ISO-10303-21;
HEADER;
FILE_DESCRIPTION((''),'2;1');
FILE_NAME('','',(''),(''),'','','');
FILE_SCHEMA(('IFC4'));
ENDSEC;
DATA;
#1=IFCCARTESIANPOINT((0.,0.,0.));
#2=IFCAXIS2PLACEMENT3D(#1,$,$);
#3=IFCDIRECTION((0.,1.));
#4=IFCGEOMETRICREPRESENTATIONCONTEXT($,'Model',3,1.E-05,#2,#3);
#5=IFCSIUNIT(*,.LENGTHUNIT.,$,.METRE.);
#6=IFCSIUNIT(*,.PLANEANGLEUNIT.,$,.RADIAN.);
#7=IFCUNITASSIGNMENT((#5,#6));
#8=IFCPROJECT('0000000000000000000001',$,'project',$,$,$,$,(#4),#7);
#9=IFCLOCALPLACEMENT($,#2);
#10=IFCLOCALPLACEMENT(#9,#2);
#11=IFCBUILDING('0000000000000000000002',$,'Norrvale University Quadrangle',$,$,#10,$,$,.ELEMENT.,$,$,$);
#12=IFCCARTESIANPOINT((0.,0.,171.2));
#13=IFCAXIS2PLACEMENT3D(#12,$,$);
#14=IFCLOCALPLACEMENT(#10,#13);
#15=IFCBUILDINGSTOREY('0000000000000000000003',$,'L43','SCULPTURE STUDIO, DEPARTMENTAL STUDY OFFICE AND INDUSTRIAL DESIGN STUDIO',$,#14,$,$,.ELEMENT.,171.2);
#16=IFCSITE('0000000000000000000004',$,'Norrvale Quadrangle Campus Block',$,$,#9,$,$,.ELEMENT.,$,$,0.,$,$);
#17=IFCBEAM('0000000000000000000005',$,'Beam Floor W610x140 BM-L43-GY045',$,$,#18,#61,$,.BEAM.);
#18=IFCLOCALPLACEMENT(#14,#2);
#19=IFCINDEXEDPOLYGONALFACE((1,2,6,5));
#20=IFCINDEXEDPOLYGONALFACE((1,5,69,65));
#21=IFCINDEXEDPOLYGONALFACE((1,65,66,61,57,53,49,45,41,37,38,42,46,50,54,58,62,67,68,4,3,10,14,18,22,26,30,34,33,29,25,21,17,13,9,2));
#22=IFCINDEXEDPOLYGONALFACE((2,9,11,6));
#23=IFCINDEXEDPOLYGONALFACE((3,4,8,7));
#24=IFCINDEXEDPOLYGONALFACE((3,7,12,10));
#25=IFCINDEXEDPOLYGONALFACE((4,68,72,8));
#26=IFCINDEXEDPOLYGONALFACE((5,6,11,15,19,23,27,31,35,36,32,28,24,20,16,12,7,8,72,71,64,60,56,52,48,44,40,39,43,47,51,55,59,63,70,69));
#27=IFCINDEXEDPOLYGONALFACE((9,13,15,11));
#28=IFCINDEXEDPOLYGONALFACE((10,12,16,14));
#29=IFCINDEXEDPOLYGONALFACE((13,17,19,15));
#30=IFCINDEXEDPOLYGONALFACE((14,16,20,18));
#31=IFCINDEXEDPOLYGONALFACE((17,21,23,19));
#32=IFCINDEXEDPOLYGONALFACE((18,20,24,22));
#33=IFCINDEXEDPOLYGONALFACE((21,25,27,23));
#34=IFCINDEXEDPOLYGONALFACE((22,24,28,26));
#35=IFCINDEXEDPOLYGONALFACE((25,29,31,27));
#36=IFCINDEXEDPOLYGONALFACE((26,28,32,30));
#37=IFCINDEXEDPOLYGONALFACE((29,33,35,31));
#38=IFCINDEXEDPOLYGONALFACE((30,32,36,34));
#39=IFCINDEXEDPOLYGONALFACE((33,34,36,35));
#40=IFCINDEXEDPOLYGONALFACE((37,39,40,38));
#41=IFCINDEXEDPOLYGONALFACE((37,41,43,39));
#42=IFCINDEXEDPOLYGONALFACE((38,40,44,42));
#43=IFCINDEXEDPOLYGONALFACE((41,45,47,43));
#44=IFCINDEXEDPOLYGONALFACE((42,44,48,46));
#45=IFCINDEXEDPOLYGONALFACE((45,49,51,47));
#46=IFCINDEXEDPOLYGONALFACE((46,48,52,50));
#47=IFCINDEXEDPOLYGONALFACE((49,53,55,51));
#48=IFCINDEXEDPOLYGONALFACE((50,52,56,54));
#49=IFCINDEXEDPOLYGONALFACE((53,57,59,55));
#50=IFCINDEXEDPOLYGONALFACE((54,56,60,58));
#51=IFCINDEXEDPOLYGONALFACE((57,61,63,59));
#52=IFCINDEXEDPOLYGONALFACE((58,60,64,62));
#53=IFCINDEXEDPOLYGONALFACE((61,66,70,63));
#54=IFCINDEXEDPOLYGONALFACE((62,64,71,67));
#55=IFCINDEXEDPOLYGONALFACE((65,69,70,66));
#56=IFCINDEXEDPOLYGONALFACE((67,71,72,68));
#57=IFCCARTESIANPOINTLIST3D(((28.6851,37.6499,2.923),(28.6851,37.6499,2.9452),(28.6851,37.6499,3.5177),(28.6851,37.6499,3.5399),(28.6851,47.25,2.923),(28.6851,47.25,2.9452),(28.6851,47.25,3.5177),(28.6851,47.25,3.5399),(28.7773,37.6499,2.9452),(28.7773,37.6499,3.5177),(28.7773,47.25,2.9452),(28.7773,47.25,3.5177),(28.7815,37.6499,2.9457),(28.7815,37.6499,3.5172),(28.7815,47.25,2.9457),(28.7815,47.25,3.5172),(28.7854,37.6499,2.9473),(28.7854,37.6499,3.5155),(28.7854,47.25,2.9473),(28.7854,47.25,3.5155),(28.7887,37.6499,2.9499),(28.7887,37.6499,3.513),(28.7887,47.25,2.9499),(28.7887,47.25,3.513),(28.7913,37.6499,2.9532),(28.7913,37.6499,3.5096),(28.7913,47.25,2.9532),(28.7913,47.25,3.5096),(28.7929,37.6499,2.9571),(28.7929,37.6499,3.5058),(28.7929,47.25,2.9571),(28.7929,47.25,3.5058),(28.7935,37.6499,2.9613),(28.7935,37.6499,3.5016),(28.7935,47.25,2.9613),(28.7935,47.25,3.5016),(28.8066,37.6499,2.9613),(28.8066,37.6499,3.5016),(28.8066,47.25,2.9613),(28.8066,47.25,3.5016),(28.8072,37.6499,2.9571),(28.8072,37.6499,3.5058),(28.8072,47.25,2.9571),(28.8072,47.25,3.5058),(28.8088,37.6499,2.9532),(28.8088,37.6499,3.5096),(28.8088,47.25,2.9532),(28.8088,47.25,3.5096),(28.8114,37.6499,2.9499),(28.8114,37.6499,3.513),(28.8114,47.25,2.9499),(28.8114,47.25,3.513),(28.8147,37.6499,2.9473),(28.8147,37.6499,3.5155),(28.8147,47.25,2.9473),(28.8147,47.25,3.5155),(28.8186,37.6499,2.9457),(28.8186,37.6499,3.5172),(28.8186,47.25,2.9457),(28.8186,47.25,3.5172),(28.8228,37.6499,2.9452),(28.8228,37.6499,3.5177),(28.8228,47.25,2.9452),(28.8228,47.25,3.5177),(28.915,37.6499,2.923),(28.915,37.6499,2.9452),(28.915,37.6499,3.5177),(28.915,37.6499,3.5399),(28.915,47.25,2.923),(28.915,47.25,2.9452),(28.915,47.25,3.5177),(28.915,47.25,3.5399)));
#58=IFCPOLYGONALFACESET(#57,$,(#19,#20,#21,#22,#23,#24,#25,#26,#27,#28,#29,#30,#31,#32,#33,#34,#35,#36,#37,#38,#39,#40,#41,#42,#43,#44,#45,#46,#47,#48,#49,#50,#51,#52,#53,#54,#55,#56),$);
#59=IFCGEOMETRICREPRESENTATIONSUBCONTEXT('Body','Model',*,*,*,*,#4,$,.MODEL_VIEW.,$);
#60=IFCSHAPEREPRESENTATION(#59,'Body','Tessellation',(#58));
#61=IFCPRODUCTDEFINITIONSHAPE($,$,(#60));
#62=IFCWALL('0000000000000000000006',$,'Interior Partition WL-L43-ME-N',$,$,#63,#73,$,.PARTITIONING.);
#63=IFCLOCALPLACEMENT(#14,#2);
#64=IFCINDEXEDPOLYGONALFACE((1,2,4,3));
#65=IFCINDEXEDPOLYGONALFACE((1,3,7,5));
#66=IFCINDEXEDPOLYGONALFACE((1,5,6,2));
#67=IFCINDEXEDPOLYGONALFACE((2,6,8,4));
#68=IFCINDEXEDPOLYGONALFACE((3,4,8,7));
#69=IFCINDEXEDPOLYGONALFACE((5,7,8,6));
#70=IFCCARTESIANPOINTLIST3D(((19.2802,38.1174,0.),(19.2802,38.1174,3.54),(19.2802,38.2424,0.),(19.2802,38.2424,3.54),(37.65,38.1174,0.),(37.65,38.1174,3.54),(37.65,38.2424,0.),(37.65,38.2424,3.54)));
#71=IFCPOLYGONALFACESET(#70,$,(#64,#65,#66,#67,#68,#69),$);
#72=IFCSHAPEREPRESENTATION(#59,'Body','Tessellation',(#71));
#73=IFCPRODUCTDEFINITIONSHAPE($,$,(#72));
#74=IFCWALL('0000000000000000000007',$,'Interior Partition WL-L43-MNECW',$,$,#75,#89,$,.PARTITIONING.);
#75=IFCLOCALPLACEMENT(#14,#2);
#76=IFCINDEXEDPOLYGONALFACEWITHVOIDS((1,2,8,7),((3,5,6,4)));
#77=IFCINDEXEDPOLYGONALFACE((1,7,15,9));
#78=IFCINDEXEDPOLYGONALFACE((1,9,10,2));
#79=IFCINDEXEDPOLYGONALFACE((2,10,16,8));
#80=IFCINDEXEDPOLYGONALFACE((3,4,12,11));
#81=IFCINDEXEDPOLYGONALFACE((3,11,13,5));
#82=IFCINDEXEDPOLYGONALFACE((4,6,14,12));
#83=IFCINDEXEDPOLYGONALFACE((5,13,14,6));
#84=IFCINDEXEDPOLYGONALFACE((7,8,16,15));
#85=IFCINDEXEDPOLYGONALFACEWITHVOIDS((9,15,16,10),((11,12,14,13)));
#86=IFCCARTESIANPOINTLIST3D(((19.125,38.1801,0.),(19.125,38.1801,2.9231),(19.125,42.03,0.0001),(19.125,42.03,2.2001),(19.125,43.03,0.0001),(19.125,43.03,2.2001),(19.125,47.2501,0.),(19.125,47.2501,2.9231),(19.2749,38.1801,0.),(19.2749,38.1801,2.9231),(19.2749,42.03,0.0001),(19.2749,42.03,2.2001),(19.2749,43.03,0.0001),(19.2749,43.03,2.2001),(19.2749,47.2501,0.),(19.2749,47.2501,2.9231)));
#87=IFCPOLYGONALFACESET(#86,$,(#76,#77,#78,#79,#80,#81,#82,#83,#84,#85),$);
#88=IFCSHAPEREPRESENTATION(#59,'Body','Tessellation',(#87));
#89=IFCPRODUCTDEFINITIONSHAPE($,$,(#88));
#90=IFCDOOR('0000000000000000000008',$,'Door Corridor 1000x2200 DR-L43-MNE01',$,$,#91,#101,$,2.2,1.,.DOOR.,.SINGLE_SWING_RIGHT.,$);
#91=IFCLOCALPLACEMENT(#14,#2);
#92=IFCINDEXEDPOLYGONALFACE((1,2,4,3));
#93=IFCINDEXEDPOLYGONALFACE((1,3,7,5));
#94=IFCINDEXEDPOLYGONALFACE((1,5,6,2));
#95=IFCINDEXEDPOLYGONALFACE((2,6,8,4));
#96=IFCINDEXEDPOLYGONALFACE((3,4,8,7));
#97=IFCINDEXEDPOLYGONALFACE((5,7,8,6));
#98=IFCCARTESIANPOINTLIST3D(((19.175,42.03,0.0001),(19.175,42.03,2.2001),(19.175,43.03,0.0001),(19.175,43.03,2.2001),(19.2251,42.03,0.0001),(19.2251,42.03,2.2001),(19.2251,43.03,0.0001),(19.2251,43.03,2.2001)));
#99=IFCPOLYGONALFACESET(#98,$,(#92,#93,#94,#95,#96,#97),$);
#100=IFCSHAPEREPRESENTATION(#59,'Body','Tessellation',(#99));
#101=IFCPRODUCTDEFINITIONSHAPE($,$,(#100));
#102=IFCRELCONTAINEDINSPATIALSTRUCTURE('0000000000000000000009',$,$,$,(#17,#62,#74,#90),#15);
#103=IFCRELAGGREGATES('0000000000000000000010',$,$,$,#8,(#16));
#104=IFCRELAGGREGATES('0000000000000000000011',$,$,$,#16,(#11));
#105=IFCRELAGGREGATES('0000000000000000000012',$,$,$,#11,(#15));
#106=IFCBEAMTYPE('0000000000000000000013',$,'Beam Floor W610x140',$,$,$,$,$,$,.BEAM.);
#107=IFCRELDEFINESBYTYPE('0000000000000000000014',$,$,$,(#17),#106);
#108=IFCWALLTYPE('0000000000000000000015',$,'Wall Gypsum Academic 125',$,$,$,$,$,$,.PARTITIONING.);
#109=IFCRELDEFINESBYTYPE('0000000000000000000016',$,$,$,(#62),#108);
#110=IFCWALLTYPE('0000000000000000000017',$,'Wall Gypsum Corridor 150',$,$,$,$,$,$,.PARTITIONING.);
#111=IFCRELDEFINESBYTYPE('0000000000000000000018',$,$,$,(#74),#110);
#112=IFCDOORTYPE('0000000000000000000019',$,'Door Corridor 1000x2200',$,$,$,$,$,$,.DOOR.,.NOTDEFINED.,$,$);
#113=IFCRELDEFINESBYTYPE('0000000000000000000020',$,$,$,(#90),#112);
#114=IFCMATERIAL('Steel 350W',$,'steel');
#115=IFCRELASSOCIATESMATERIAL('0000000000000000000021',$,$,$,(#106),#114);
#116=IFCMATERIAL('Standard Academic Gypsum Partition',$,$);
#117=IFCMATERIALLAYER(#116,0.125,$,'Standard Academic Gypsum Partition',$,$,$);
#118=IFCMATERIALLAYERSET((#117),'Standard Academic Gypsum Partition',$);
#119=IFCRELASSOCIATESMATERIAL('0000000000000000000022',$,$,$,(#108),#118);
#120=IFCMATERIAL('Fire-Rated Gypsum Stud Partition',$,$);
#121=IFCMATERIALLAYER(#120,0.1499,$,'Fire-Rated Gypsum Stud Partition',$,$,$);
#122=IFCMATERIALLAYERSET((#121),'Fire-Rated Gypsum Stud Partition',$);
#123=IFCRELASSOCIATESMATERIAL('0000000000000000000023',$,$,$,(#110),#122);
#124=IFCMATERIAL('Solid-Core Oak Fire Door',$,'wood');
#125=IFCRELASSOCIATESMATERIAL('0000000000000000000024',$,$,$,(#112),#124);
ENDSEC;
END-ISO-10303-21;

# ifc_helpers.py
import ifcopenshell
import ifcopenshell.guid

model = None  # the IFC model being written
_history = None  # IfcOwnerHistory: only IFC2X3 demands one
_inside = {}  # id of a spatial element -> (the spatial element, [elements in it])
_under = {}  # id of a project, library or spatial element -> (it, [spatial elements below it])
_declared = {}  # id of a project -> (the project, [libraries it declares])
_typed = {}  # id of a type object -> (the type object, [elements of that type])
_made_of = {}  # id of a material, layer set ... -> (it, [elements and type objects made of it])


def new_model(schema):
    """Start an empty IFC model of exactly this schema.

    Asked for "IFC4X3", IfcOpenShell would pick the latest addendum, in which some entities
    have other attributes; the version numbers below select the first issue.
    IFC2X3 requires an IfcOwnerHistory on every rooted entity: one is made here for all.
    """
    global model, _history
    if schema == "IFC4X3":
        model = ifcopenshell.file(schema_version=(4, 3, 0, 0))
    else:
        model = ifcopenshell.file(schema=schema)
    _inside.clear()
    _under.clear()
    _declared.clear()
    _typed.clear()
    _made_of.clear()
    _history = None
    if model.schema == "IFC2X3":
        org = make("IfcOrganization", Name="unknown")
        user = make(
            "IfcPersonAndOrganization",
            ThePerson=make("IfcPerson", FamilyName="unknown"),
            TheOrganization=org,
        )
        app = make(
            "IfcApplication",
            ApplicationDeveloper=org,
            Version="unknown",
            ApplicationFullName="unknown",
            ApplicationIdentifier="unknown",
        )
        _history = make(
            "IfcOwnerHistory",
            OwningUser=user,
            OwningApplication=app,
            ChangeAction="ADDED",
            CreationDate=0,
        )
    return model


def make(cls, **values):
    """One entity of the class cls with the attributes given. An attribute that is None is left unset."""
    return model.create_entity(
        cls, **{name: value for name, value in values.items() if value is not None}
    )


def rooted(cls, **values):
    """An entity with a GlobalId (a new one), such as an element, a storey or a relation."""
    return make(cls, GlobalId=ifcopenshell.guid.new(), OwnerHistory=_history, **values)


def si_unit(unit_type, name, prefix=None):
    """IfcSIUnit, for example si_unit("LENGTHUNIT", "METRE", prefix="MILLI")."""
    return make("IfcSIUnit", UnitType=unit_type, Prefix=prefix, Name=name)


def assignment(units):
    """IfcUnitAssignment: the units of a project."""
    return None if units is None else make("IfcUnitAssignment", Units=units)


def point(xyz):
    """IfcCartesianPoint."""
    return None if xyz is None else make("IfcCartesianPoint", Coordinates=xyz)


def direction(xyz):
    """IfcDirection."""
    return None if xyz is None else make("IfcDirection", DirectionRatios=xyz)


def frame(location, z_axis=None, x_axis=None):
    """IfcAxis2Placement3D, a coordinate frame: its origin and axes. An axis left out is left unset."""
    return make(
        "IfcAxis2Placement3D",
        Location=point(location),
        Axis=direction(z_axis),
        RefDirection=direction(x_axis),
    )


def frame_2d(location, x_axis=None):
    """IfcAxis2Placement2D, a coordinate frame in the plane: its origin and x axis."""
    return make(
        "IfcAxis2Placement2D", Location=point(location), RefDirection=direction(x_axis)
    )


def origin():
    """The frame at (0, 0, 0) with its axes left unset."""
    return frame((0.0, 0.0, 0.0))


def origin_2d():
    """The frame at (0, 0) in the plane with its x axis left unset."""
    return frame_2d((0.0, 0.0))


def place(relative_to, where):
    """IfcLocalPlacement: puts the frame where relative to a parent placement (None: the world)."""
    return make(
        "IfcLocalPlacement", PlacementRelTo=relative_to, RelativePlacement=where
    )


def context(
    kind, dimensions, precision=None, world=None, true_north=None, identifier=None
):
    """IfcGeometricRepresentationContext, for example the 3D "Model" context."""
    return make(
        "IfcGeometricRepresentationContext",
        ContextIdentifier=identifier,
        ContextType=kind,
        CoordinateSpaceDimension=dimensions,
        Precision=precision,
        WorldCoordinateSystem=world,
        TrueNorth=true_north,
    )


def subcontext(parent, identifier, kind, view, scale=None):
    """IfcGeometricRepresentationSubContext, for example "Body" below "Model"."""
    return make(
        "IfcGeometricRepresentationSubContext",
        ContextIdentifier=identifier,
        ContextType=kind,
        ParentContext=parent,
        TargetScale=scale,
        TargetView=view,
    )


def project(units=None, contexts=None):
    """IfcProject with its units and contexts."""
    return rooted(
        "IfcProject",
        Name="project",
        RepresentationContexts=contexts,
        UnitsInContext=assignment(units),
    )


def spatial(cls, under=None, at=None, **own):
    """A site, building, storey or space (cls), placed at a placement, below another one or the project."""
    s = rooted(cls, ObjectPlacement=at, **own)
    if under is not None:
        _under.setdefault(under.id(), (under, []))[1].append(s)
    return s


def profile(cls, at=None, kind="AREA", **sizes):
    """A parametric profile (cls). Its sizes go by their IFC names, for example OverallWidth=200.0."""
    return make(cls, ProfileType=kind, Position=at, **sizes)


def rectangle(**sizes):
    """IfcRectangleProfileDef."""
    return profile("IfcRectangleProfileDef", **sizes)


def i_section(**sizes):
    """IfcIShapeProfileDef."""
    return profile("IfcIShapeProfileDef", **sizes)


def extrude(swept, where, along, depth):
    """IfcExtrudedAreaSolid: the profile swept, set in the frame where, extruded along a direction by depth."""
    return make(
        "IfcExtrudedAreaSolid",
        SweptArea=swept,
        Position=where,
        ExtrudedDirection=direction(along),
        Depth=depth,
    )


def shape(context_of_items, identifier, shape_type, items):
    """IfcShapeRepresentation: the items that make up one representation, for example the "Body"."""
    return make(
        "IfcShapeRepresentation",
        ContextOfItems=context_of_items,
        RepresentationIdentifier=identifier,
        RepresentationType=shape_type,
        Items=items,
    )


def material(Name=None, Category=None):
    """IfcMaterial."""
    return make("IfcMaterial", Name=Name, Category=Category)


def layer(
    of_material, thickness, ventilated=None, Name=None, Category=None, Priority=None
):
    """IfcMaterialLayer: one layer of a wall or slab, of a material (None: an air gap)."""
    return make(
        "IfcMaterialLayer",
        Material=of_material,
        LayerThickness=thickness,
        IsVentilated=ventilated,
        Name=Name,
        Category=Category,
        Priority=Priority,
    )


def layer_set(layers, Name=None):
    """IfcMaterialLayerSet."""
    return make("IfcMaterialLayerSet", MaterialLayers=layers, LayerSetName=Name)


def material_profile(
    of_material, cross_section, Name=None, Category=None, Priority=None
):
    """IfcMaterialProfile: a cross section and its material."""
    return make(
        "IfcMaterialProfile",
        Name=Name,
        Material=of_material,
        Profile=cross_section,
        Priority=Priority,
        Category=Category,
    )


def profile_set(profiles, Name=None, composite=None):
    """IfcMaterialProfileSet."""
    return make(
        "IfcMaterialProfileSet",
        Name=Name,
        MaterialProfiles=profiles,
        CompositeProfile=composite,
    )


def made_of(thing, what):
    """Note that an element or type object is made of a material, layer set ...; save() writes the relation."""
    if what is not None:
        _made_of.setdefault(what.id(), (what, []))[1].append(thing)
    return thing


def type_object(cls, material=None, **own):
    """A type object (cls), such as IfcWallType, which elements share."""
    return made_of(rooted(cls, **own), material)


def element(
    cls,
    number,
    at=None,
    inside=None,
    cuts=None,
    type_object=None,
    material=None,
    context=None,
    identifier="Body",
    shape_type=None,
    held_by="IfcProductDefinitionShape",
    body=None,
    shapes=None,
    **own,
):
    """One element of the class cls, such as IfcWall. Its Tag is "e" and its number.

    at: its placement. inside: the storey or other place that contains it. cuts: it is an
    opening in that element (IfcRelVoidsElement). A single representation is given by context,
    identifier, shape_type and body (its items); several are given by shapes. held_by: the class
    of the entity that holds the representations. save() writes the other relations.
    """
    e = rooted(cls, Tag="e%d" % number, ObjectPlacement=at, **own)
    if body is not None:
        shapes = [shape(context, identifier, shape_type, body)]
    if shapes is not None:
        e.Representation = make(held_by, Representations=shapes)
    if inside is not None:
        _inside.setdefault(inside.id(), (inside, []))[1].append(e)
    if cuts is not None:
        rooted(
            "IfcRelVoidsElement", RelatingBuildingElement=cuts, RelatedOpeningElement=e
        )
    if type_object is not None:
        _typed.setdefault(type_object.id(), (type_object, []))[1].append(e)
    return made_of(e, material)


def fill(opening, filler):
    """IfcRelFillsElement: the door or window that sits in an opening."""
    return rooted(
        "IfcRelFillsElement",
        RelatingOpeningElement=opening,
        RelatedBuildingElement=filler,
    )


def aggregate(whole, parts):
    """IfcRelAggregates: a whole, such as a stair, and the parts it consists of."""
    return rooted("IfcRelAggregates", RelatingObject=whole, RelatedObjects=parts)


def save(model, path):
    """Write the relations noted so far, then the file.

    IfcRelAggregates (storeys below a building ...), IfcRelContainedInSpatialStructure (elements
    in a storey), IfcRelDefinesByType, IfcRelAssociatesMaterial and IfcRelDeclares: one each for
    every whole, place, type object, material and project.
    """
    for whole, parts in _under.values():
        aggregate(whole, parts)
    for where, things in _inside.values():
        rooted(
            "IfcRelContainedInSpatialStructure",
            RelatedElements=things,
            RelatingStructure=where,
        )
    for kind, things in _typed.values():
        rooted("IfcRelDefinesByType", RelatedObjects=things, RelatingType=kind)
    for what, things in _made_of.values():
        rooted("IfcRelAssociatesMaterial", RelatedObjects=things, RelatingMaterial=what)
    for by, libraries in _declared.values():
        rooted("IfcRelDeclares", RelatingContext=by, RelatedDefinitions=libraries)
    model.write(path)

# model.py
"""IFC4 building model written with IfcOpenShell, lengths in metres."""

from ifc_helpers import new_model, si_unit, direction, frame, frame_2d, origin, origin_2d, place, context, subcontext, project, spatial, rectangle, i_section, extrude, material, layer, layer_set, material_profile, profile_set, type_object, element, fill, save


model = new_model("IFC4")

# Units and contexts
model_context = context("Model", 3, precision=1e-05, world=origin(), true_north=direction((0.0, 1.0)))
body_context = subcontext(model_context, "Body", "Model", "MODEL_VIEW")
ifc_project = project(units=[si_unit("LENGTHUNIT", "METRE"), si_unit("PLANEANGLEUNIT", "RADIAN")], contexts=[model_context])

# Site, building, storey
site_placement = place(None, origin())
site = spatial("IfcSite", under=ifc_project, at=site_placement, Name="Norrvale Quadrangle Campus Block", CompositionType="ELEMENT", RefElevation=0.0)
building_placement = place(site_placement, origin())
building = spatial("IfcBuilding", under=site, at=building_placement, Name="Norrvale University Quadrangle", CompositionType="ELEMENT")
storey_placement = place(building_placement, frame((0.0, 0.0, 171.2)))
storey = spatial("IfcBuildingStorey", under=building, at=storey_placement, Name="L43", Description="SCULPTURE STUDIO, DEPARTMENTAL STUDY OFFICE AND INDUSTRIAL DESIGN STUDIO", CompositionType="ELEMENT", Elevation=171.2)

# Beam
ifc_material_1 = material(Name="Steel 350W", Category="steel")
ifc_material_profile_1 = material_profile(ifc_material_1, i_section(OverallWidth=0.23, OverallDepth=0.6169, WebThickness=0.0132, FlangeThickness=0.0222, FilletRadius=0.0161, at=origin_2d()), Name="Steel 350W")
ifc_profile_set_1 = profile_set([ifc_material_profile_1], Name="Steel 350W")
beam_type_1 = type_object("IfcBeamType", Name="Beam Floor W610x140", PredefinedType="BEAM", material=ifc_profile_set_1)
beam_1_placement = place(storey_placement, frame((28.8, 37.6499, 3.2314), z_axis=(0.0, 1.0, 0.0), x_axis=(-1.0, 0.0, 0.0)))
element("IfcBeam", 1, at=beam_1_placement, inside=storey, type_object=beam_type_1, Name="Beam Floor W610x140 BM-L43-GY045", PredefinedType="BEAM", context=body_context, shape_type="SweptSolid", body=[
    extrude(i_section(OverallWidth=0.23, OverallDepth=0.6169, WebThickness=0.0132, FlangeThickness=0.0222, FilletRadius=0.0161, at=origin_2d()), origin(), (0.0, 0.0, 1.0), 9.6001),
])

# Wall
ifc_material_2 = material(Name="Standard Academic Gypsum Partition")
ifc_layer_1 = layer(ifc_material_2, 0.125, Name="Standard Academic Gypsum Partition")
ifc_layer_set_1 = layer_set([ifc_layer_1], Name="Standard Academic Gypsum Partition")
wall_type_1 = type_object("IfcWallType", Name="Wall Gypsum Academic 125", PredefinedType="PARTITIONING", material=ifc_layer_set_1)
wall_1_placement = place(storey_placement, frame((19.28, 38.1799, 0.0), z_axis=(0.0, 0.0, 1.0), x_axis=(1.0, 0.0, 0.0)))
element("IfcWall", 2, at=wall_1_placement, inside=storey, type_object=wall_type_1, Name="Interior Partition WL-L43-ME-N", PredefinedType="PARTITIONING", context=body_context, shape_type="SweptSolid", body=[
    extrude(rectangle(XDim=18.3699, YDim=0.125, at=frame_2d((9.1851, 0.0))), origin(), (0.0, 0.0, 1.0), 3.54),
])

# Wall, opening, door
ifc_material_3 = material(Name="Fire-Rated Gypsum Stud Partition")
ifc_layer_2 = layer(ifc_material_3, 0.1499, Name="Fire-Rated Gypsum Stud Partition")
ifc_layer_set_2 = layer_set([ifc_layer_2], Name="Fire-Rated Gypsum Stud Partition")
wall_type_2 = type_object("IfcWallType", Name="Wall Gypsum Corridor 150", PredefinedType="PARTITIONING", material=ifc_layer_set_2)
wall_2_placement = place(storey_placement, frame((19.2, 38.1799, 0.0), z_axis=(0.0, 0.0, 1.0), x_axis=(0.0, 1.0, 0.0)))
wall_2 = element("IfcWall", 3, at=wall_2_placement, inside=storey, type_object=wall_type_2, Name="Interior Partition WL-L43-MNECW", PredefinedType="PARTITIONING", context=body_context, shape_type="SweptSolid", body=[
    extrude(rectangle(XDim=9.0701, YDim=0.1499, at=frame_2d((4.5352, 0.0))), origin(), (0.0, 0.0, 1.0), 2.9231),
])
opening_placement = place(wall_2_placement, frame((3.8501, 0.0, 0.0)))
opening = element("IfcOpeningElement", 4, at=opening_placement, cuts=wall_2, PredefinedType="OPENING", context=body_context, shape_type="SweptSolid", body=[
    extrude(rectangle(XDim=1.0, YDim=2.2, at=frame_2d((0.5, 1.1001))), frame((0.0, 0.0869, 0.0), z_axis=(0.0, -1.0, 0.0), x_axis=(1.0, 0.0, 0.0)), (0.0, 0.0, 1.0), 0.1738),
])
ifc_material_4 = material(Name="Solid-Core Oak Fire Door", Category="wood")
door_type = type_object("IfcDoorType", Name="Door Corridor 1000x2200", OperationType="NOTDEFINED", PredefinedType="DOOR", material=ifc_material_4)
door_placement = place(opening_placement, origin())
door = element("IfcDoor", 5, at=door_placement, inside=storey, type_object=door_type, Name="Door Corridor 1000x2200 DR-L43-MNE01", OperationType="SINGLE_SWING_RIGHT", OverallHeight=2.2, OverallWidth=1.0, PredefinedType="DOOR", context=body_context, shape_type="SweptSolid", body=[
    extrude(rectangle(XDim=1.0, YDim=2.2, at=frame_2d((0.5, 1.1001))), frame((0.0, 0.0249, 0.0), z_axis=(0.0, -1.0, 0.0), x_axis=(1.0, 0.0, 0.0)), (0.0, 0.0, 1.0), 0.05),
])
fill(opening, door)

save(model, "model.ifc")
